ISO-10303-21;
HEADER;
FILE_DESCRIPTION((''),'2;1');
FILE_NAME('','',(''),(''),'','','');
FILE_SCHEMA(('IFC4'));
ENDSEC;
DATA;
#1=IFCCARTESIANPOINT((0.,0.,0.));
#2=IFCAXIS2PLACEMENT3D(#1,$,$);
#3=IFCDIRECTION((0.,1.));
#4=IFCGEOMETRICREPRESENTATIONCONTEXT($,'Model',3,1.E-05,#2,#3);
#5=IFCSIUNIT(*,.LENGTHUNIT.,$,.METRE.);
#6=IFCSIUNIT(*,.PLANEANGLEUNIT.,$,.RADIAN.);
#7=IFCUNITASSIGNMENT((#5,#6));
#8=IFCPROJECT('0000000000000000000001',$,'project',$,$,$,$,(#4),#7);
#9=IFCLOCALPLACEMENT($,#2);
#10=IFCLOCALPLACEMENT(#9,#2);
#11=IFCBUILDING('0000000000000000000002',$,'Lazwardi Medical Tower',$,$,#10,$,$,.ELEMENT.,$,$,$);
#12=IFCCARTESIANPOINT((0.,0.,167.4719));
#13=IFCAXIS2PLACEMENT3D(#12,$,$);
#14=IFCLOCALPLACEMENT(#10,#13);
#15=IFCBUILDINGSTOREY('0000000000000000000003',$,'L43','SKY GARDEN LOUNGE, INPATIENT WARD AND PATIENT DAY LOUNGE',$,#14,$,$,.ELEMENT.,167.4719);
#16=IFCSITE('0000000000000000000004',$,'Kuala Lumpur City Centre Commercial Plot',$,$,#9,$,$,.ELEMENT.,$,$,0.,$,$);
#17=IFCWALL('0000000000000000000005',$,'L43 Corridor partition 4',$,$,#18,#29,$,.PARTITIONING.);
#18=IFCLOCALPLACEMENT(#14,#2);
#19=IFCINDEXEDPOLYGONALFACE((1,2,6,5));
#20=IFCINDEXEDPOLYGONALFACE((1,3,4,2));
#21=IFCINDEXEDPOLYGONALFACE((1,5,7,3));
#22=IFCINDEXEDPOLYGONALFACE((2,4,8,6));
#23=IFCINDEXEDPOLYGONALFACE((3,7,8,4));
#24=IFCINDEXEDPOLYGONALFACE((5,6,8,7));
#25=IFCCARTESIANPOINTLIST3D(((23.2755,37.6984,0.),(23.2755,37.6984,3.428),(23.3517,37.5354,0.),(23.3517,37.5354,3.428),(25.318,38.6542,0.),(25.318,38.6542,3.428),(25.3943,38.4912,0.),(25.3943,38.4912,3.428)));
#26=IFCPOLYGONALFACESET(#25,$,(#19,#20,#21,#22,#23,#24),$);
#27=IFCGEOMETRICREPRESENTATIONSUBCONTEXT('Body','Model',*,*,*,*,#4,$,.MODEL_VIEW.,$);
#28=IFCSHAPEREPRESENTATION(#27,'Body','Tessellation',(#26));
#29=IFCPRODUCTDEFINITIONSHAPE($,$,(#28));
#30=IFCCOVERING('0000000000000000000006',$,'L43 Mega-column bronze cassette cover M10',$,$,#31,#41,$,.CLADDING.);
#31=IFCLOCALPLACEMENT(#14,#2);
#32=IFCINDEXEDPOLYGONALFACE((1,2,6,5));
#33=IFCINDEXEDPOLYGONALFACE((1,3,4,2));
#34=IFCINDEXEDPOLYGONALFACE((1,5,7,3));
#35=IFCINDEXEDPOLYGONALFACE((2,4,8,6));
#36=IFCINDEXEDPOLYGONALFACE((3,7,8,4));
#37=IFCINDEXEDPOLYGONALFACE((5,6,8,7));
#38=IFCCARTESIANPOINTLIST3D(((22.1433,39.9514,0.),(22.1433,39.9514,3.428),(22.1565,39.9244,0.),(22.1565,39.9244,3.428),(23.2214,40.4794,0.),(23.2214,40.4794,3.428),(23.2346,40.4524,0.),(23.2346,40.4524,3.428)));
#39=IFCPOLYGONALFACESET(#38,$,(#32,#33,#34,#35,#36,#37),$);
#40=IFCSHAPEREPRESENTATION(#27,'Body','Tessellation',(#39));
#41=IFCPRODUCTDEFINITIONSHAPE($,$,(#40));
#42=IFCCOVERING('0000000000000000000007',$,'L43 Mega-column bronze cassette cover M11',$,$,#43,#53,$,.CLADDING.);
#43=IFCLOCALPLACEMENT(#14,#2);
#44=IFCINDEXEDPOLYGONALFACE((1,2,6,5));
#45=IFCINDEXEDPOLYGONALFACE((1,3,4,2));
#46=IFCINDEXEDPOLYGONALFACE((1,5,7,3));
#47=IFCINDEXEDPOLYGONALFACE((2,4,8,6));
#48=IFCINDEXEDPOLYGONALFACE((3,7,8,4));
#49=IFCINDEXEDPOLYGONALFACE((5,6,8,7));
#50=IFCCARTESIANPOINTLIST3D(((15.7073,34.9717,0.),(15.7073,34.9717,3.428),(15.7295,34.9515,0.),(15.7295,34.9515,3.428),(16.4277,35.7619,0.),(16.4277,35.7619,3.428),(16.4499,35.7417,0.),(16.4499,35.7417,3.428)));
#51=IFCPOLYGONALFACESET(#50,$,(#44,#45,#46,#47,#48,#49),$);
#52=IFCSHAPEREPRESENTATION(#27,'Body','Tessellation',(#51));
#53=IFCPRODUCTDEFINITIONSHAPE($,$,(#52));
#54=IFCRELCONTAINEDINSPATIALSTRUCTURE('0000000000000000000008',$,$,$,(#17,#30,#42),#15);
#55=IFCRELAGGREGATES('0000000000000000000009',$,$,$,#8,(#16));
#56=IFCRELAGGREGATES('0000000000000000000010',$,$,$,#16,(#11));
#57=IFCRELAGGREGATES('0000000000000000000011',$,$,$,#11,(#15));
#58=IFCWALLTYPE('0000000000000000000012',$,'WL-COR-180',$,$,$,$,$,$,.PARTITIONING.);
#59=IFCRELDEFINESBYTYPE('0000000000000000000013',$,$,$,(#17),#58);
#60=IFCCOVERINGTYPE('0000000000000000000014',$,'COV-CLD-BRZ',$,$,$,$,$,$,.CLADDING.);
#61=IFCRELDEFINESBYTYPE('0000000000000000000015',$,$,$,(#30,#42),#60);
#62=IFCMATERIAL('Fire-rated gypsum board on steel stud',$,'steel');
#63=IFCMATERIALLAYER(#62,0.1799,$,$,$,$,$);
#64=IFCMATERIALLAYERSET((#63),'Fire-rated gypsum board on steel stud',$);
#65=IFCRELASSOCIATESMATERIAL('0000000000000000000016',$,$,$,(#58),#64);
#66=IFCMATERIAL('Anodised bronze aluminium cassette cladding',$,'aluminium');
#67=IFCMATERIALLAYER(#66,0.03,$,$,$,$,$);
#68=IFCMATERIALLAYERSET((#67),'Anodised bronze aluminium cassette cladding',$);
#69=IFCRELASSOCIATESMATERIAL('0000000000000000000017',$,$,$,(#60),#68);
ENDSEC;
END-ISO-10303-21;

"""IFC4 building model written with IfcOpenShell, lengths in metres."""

from ifc_helpers import new_model, si_unit, direction, frame, frame_2d, origin, origin_2d, place, context, subcontext, project, spatial, rectangle, extrude, material, layer, layer_set, type_object, element, save


model = new_model("IFC4")

# Units and contexts
model_context = context("Model", 3, precision=1e-05, world=origin(), true_north=direction((0.0, 1.0)))
body_context = subcontext(model_context, "Body", "Model", "MODEL_VIEW")
ifc_project = project(units=[si_unit("LENGTHUNIT", "METRE"), si_unit("PLANEANGLEUNIT", "RADIAN")], contexts=[model_context])

# Site, building, storey
site_placement = place(None, origin())
site = spatial("IfcSite", under=ifc_project, at=site_placement, Name="Kuala Lumpur City Centre Commercial Plot", CompositionType="ELEMENT", RefElevation=0.0)
building_placement = place(site_placement, origin())
building = spatial("IfcBuilding", under=site, at=building_placement, Name="Lazwardi Medical Tower", CompositionType="ELEMENT")
storey_placement = place(building_placement, frame((0.0, 0.0, 167.4719)))
storey = spatial("IfcBuildingStorey", under=building, at=storey_placement, Name="L43", Description="SKY GARDEN LOUNGE, INPATIENT WARD AND PATIENT DAY LOUNGE", CompositionType="ELEMENT", Elevation=167.4719)

# Wall
ifc_material_1 = material(Name="Fire-rated gypsum board on steel stud", Category="steel")
ifc_layer_1 = layer(ifc_material_1, 0.1799)
ifc_layer_set_1 = layer_set([ifc_layer_1], Name="Fire-rated gypsum board on steel stud")
wall_type = type_object("IfcWallType", Name="WL-COR-180", PredefinedType="PARTITIONING", material=ifc_layer_set_1)
wall_placement = place(storey_placement, frame((23.3137, 37.6169, 0.0), z_axis=(0.0, 0.0, 1.0), x_axis=(0.905732, 0.423851, 0.0)))
element("IfcWall", 1, at=wall_placement, inside=storey, type_object=wall_type, Name="L43 Corridor partition 4", PredefinedType="PARTITIONING", context=body_context, shape_type="SweptSolid", body=[
    extrude(rectangle(XDim=2.2551, YDim=0.1799, at=frame_2d((1.1274, 0.0))), origin(), (0.0, 0.0, 1.0), 3.428),
])

# Coverings
ifc_material_2 = material(Name="Anodised bronze aluminium cassette cladding", Category="aluminium")
ifc_layer_2 = layer(ifc_material_2, 0.03)
ifc_layer_set_2 = layer_set([ifc_layer_2], Name="Anodised bronze aluminium cassette cladding")
covering_type = type_object("IfcCoveringType", Name="COV-CLD-BRZ", PredefinedType="CLADDING", material=ifc_layer_set_2)
covering_1_placement = place(storey_placement, frame((22.689, 40.2019, 0.0), z_axis=(0.0, 0.0, 1.0), x_axis=(-0.898079, -0.439834, 0.0)))
element("IfcCovering", 2, at=covering_1_placement, inside=storey, type_object=covering_type, Name="L43 Mega-column bronze cassette cover M10", PredefinedType="CLADDING", context=body_context, shape_type="SweptSolid", body=[
    extrude(rectangle(XDim=1.2004, YDim=0.03, at=origin_2d()), origin(), (0.0, 0.0, 1.0), 3.428),
])
covering_2_placement = place(storey_placement, frame((16.0786, 35.3567, 0.0), z_axis=(0.0, 0.0, 1.0), x_axis=(-0.673714, -0.738992, 0.0)))
element("IfcCovering", 3, at=covering_2_placement, inside=storey, type_object=covering_type, Name="L43 Mega-column bronze cassette cover M11", PredefinedType="CLADDING", context=body_context, shape_type="SweptSolid", body=[
    extrude(rectangle(XDim=1.0693, YDim=0.03, at=origin_2d()), origin(), (0.0, 0.0, 1.0), 3.428),
])

save(model, "model.ifc")
